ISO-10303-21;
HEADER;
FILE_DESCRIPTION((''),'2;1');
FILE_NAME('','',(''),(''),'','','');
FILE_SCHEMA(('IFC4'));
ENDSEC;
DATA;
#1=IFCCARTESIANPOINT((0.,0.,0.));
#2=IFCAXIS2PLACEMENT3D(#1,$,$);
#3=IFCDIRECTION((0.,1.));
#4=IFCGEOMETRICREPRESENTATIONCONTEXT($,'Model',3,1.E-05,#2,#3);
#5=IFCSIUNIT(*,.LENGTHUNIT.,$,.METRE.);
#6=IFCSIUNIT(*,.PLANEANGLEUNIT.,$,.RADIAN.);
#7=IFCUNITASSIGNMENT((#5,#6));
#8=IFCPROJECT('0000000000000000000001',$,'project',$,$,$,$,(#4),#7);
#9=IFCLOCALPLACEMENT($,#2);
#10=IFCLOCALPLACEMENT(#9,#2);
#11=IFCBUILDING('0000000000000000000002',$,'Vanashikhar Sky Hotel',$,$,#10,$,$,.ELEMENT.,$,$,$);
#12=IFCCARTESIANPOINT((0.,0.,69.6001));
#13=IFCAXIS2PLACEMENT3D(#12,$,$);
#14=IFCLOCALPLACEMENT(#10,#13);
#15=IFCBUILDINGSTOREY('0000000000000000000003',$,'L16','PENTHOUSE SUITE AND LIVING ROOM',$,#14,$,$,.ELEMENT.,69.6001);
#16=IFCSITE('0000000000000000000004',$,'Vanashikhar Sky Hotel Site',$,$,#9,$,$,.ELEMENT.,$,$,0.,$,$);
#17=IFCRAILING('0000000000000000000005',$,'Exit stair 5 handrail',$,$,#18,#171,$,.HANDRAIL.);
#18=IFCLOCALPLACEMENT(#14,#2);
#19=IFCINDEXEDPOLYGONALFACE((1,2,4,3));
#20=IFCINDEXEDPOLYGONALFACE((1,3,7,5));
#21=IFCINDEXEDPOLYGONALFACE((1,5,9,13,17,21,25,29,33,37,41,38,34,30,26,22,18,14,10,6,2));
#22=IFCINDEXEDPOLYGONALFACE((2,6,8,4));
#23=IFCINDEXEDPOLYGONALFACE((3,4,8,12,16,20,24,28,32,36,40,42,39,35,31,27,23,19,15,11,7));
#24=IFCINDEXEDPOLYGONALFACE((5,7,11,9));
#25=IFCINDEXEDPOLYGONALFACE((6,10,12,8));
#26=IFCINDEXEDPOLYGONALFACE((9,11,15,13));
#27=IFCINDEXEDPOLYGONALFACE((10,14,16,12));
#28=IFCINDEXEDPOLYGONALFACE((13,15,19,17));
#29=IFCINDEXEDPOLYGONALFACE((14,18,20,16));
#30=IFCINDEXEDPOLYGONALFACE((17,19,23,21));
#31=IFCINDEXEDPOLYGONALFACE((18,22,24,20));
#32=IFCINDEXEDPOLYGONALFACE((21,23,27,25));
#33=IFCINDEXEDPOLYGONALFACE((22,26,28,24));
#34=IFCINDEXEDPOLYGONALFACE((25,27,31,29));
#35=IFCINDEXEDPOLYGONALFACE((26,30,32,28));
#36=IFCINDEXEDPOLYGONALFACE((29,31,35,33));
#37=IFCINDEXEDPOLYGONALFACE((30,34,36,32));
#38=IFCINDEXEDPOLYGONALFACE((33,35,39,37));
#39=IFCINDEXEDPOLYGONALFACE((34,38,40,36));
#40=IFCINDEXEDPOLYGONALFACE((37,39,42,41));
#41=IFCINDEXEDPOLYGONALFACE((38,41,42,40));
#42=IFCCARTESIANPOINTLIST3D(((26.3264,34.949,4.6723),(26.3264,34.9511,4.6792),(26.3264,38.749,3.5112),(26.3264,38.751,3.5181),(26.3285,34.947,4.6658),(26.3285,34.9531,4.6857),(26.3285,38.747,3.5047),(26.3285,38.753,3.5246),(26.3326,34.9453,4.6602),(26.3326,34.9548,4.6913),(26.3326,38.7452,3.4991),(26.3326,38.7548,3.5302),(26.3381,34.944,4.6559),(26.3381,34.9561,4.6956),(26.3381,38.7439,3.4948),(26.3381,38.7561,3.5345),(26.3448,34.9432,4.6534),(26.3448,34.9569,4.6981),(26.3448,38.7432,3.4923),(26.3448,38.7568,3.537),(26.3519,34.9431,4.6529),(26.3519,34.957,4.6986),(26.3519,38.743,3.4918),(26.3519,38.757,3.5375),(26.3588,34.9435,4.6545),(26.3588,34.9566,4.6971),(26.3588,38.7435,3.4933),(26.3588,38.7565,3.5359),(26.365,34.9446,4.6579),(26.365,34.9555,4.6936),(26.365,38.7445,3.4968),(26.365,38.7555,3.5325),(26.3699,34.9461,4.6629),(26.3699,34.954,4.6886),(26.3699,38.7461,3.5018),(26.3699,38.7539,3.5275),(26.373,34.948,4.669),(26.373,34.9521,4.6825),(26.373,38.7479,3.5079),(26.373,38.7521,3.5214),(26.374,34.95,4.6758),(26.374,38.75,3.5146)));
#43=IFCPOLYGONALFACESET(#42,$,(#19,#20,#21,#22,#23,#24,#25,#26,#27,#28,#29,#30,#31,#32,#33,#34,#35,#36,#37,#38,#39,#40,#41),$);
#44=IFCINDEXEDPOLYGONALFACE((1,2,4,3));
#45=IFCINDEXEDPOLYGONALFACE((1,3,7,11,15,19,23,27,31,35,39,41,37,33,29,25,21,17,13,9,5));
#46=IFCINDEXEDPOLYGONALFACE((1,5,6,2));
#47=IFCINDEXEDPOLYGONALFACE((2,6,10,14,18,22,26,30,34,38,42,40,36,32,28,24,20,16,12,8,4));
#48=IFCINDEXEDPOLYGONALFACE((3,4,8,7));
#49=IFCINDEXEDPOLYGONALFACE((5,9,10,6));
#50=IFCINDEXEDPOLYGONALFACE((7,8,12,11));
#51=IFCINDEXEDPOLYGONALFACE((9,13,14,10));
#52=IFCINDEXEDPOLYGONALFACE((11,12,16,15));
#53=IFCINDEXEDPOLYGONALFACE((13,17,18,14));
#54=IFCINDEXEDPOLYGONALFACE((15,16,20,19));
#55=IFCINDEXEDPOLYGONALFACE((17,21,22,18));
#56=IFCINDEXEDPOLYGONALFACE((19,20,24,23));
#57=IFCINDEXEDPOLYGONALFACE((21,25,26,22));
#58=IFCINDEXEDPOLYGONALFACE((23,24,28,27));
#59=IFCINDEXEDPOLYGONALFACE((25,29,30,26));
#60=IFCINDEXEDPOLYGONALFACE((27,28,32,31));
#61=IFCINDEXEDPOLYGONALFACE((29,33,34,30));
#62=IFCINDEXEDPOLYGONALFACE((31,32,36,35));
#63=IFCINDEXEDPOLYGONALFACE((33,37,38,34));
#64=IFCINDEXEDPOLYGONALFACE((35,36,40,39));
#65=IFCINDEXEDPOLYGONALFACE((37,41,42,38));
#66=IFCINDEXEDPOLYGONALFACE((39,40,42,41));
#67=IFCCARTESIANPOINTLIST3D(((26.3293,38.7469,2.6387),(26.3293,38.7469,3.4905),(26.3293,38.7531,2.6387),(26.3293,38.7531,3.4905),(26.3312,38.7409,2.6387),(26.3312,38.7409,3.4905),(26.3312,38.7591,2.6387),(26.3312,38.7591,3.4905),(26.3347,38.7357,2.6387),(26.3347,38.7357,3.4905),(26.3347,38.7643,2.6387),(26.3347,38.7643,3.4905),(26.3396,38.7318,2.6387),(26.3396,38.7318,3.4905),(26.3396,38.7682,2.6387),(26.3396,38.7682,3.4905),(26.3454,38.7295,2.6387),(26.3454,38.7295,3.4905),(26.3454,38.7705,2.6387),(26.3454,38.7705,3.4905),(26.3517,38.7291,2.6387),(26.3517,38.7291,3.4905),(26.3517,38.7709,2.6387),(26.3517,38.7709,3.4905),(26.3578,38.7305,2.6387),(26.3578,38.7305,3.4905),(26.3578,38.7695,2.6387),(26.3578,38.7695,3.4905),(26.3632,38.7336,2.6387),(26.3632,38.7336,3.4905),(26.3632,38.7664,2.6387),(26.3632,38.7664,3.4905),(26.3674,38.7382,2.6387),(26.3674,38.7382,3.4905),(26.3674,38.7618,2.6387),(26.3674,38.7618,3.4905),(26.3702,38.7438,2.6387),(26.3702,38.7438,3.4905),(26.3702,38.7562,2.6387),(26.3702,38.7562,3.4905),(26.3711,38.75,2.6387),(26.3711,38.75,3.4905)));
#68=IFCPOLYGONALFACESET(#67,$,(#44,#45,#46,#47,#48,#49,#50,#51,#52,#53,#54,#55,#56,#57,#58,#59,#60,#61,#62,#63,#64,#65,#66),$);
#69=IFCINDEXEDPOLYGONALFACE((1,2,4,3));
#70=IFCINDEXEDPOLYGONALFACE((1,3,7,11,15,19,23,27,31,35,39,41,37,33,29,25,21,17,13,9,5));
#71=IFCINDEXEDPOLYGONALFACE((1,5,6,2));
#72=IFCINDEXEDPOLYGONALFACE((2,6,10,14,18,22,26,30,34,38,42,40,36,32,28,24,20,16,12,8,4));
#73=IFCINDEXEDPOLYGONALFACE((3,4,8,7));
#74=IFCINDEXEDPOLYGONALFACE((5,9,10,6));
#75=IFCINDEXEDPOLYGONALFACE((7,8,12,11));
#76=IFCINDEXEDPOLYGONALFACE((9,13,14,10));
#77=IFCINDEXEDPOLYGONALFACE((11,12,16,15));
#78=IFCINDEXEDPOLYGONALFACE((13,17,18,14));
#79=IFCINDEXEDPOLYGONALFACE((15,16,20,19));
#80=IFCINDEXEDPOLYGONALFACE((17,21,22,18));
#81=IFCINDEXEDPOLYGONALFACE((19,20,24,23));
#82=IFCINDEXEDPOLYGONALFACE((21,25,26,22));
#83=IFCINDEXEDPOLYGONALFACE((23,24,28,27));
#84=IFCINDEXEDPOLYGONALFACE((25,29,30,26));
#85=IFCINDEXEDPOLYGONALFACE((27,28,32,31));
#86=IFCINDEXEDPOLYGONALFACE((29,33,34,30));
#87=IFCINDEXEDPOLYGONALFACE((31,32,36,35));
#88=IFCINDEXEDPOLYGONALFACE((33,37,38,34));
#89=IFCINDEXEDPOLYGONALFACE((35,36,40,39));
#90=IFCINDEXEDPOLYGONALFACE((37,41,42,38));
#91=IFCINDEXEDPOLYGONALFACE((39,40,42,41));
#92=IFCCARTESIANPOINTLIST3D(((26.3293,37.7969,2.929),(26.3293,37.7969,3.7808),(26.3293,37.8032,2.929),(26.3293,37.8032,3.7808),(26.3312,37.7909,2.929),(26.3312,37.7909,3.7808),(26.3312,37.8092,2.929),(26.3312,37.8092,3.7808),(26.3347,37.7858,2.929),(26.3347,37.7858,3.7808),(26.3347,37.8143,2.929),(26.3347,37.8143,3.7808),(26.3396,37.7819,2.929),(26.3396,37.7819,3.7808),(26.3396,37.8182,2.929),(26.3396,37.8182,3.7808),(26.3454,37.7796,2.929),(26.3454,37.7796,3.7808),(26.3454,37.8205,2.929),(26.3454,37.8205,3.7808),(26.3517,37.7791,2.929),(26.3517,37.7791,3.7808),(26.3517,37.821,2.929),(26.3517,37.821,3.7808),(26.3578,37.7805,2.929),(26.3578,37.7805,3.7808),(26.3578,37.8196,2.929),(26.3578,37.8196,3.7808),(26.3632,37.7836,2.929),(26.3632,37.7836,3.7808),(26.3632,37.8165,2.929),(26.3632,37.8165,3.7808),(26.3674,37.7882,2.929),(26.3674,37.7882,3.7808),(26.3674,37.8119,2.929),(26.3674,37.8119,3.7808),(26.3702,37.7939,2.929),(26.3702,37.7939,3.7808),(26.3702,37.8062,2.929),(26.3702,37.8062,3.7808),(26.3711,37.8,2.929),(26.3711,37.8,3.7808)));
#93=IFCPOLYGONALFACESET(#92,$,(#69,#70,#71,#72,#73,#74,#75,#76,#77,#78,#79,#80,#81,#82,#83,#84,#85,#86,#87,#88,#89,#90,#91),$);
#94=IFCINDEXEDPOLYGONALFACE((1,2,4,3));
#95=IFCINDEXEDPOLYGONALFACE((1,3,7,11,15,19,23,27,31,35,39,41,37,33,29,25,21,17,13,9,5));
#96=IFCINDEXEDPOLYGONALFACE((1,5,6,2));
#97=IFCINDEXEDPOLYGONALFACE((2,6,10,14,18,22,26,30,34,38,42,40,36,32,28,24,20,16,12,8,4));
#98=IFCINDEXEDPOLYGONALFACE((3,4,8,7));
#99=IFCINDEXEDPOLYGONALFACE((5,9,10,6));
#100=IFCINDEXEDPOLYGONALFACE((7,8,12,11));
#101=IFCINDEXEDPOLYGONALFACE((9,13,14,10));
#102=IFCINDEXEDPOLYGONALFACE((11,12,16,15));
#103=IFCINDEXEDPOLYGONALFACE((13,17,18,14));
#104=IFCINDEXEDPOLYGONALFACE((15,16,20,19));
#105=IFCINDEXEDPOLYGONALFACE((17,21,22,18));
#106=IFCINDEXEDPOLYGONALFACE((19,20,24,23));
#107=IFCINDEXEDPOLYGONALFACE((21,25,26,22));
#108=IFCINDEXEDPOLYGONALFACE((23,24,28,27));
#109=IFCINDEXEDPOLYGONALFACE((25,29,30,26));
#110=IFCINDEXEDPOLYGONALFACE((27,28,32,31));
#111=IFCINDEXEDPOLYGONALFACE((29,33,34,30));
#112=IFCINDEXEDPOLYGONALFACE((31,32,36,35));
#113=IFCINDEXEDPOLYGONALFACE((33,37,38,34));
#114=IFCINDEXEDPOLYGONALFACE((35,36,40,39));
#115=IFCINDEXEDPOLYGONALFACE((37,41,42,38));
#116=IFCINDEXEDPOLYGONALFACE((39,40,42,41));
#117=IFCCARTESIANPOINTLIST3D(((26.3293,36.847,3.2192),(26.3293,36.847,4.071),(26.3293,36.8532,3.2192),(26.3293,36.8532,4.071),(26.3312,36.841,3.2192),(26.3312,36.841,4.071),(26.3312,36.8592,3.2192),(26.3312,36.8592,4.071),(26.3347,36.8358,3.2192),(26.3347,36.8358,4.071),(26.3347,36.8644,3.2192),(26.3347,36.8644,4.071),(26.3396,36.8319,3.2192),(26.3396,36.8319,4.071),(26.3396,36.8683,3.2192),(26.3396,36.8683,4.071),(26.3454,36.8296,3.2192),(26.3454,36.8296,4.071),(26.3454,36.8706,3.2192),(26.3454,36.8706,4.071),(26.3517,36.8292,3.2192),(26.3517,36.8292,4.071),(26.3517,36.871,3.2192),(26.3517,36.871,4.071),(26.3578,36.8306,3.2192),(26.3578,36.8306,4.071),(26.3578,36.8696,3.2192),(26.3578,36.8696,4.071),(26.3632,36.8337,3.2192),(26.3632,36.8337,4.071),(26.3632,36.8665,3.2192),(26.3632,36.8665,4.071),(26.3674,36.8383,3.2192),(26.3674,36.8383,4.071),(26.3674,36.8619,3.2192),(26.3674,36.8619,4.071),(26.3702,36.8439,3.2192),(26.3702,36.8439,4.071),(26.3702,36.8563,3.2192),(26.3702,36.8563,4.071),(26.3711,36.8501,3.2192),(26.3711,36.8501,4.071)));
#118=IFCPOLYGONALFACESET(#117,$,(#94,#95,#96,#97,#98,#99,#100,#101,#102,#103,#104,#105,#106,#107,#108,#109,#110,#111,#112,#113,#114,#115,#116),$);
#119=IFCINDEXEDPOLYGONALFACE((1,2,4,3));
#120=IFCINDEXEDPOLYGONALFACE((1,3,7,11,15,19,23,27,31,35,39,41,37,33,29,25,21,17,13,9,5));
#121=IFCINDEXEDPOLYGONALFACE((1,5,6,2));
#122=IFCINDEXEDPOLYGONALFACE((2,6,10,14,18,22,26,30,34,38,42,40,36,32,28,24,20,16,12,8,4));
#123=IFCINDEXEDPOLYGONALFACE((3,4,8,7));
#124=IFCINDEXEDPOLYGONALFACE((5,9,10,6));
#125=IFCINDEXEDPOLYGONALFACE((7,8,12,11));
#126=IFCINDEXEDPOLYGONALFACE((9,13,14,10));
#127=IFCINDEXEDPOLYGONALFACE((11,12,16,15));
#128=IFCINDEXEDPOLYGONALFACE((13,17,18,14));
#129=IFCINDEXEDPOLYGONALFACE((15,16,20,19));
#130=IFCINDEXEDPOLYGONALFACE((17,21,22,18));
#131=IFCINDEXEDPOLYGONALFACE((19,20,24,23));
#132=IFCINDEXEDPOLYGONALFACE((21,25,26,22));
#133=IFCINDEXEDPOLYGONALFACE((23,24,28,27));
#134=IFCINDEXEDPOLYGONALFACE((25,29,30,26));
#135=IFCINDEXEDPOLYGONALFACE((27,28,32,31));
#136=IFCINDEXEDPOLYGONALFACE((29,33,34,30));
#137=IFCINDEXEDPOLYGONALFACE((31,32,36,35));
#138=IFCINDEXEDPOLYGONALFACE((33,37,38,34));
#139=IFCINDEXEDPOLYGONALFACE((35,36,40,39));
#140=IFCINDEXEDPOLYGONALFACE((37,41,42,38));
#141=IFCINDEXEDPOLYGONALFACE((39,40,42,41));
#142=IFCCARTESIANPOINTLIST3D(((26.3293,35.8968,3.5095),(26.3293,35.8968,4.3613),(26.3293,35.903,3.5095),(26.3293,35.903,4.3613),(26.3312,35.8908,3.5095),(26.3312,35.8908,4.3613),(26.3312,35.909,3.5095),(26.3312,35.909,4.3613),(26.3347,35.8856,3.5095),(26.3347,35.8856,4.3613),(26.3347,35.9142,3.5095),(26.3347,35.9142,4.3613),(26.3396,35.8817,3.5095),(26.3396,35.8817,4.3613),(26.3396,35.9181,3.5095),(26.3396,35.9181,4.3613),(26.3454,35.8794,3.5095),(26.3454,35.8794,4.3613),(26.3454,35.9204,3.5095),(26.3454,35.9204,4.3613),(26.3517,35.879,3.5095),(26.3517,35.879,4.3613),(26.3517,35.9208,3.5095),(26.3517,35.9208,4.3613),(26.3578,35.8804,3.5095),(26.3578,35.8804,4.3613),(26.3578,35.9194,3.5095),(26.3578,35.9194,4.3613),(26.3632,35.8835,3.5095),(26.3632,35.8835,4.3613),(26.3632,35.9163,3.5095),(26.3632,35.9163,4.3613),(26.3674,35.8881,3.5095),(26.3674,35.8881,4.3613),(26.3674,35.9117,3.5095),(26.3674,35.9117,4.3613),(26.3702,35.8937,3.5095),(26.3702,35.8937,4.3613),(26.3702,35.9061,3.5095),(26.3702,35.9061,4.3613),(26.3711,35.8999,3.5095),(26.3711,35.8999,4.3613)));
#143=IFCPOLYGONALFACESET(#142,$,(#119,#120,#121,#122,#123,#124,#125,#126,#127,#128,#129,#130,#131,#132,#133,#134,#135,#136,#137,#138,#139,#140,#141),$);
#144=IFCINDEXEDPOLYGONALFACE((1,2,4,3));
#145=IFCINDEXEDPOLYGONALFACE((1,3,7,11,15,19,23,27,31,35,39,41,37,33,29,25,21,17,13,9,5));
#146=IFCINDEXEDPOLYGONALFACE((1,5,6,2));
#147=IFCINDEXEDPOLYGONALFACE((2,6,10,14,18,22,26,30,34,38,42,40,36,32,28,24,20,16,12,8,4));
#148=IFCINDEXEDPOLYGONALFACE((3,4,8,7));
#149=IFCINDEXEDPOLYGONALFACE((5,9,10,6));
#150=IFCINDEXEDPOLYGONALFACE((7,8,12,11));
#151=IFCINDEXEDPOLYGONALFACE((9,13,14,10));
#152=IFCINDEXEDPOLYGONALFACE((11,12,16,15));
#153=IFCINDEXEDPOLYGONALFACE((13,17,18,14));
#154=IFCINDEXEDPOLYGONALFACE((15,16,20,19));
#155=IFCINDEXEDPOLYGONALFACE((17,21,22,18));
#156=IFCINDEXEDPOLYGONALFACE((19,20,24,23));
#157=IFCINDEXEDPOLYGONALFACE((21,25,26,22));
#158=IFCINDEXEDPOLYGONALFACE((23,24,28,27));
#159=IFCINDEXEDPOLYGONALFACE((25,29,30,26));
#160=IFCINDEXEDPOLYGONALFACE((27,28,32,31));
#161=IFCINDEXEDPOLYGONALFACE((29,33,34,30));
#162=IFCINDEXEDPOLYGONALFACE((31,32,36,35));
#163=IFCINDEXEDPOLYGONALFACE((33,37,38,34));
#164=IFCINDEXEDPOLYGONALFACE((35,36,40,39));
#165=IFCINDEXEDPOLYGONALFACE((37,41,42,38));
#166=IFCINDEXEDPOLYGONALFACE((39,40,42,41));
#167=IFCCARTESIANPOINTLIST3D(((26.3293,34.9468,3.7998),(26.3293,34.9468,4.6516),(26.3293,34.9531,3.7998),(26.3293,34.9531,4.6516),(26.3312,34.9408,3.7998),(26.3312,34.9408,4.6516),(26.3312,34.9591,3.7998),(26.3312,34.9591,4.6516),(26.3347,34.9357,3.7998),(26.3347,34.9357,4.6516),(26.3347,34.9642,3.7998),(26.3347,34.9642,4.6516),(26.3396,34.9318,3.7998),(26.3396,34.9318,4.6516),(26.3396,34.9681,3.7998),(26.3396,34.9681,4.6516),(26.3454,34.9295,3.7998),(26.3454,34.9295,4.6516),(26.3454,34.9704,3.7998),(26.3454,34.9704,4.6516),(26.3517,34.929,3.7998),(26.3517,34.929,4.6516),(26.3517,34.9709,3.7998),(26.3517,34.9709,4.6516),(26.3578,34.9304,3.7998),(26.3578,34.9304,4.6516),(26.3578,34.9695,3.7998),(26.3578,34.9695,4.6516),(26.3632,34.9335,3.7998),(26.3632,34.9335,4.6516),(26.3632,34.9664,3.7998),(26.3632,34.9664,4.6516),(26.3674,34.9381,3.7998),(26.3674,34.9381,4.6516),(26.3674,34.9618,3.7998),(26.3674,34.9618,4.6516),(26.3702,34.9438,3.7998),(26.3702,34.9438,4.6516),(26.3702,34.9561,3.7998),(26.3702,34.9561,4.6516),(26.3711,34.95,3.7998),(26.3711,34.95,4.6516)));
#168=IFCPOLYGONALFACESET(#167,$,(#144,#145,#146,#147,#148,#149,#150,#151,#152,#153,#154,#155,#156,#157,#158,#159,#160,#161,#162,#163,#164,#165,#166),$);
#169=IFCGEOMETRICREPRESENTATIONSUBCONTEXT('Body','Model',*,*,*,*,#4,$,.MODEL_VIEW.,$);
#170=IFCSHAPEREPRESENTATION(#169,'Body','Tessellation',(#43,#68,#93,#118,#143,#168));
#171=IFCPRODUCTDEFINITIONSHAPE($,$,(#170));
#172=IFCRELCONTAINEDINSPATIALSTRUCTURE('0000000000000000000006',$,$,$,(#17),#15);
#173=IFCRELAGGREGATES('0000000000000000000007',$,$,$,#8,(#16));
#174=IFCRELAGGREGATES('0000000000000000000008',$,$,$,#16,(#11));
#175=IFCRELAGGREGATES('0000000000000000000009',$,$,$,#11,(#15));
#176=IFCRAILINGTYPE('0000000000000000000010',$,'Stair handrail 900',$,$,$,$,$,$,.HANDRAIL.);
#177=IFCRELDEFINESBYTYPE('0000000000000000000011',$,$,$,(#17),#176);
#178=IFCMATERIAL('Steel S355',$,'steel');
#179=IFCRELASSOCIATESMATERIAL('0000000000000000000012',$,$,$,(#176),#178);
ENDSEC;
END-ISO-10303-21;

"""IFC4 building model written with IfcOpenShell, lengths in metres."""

from ifc_helpers import new_model, si_unit, direction, frame, origin, origin_2d, place, context, subcontext, project, spatial, circle, extrude, source, transform, mapped, material, type_object, element, save


model = new_model("IFC4")

# Units and contexts
model_context = context("Model", 3, precision=1e-05, world=origin(), true_north=direction((0.0, 1.0)))
body_context = subcontext(model_context, "Body", "Model", "MODEL_VIEW")
ifc_project = project(units=[si_unit("LENGTHUNIT", "METRE"), si_unit("PLANEANGLEUNIT", "RADIAN")], contexts=[model_context])

# Site, building, storey
site_placement = place(None, origin())
site = spatial("IfcSite", under=ifc_project, at=site_placement, Name="Vanashikhar Sky Hotel Site", CompositionType="ELEMENT", RefElevation=0.0)
building_placement = place(site_placement, origin())
building = spatial("IfcBuilding", under=site, at=building_placement, Name="Vanashikhar Sky Hotel", CompositionType="ELEMENT")
storey_placement = place(building_placement, frame((0.0, 0.0, 69.6001)))
storey = spatial("IfcBuildingStorey", under=building, at=storey_placement, Name="L16", Description="PENTHOUSE SUITE AND LIVING ROOM", CompositionType="ELEMENT", Elevation=69.6001)

# Railing
ifc_material_1 = material(Name="Steel S355", Category="steel")
railing_type = type_object("IfcRailingType", Name="Stair handrail 900", PredefinedType="HANDRAIL", material=ifc_material_1)
shared_shape_1 = source(origin(), body_context, "Body", "SweptSolid", [
    extrude(circle(Radius=0.0239, at=origin_2d()), frame((0.0, 0.0, 0.876), z_axis=(0.0, -0.956351, 0.29222), x_axis=(1.0, 0.0, 0.0)), (0.0, 0.0, 1.0), 3.9734),
    extrude(circle(Radius=0.021, at=origin_2d()), origin(), (0.0, 0.0, 1.0), 0.8518),
    extrude(circle(Radius=0.021, at=origin_2d()), frame((0.0, -0.95, 0.2903)), (0.0, 0.0, 1.0), 0.8518),
    extrude(circle(Radius=0.021, at=origin_2d()), frame((0.0, -1.8999, 0.5806)), (0.0, 0.0, 1.0), 0.8518),
    extrude(circle(Radius=0.021, at=origin_2d()), frame((0.0, -2.8501, 0.8708)), (0.0, 0.0, 1.0), 0.8518),
    extrude(circle(Radius=0.021, at=origin_2d()), frame((0.0, -3.8, 1.1611)), (0.0, 0.0, 1.0), 0.8518),
])
for number, where, name in (
    (1, (26.3501, 38.75, 2.6387), "Exit stair 5 handrail"),
):
    element("IfcRailing", number, at=place(storey_placement, frame(where)), inside=storey, type_object=railing_type, Name=name, PredefinedType="HANDRAIL", context=body_context, shape_type="MappedRepresentation", body=[
        mapped(shared_shape_1, transform((0.0, 0.0, 0.0), scale=1.0)),
    ])

save(model, "model.ifc")
